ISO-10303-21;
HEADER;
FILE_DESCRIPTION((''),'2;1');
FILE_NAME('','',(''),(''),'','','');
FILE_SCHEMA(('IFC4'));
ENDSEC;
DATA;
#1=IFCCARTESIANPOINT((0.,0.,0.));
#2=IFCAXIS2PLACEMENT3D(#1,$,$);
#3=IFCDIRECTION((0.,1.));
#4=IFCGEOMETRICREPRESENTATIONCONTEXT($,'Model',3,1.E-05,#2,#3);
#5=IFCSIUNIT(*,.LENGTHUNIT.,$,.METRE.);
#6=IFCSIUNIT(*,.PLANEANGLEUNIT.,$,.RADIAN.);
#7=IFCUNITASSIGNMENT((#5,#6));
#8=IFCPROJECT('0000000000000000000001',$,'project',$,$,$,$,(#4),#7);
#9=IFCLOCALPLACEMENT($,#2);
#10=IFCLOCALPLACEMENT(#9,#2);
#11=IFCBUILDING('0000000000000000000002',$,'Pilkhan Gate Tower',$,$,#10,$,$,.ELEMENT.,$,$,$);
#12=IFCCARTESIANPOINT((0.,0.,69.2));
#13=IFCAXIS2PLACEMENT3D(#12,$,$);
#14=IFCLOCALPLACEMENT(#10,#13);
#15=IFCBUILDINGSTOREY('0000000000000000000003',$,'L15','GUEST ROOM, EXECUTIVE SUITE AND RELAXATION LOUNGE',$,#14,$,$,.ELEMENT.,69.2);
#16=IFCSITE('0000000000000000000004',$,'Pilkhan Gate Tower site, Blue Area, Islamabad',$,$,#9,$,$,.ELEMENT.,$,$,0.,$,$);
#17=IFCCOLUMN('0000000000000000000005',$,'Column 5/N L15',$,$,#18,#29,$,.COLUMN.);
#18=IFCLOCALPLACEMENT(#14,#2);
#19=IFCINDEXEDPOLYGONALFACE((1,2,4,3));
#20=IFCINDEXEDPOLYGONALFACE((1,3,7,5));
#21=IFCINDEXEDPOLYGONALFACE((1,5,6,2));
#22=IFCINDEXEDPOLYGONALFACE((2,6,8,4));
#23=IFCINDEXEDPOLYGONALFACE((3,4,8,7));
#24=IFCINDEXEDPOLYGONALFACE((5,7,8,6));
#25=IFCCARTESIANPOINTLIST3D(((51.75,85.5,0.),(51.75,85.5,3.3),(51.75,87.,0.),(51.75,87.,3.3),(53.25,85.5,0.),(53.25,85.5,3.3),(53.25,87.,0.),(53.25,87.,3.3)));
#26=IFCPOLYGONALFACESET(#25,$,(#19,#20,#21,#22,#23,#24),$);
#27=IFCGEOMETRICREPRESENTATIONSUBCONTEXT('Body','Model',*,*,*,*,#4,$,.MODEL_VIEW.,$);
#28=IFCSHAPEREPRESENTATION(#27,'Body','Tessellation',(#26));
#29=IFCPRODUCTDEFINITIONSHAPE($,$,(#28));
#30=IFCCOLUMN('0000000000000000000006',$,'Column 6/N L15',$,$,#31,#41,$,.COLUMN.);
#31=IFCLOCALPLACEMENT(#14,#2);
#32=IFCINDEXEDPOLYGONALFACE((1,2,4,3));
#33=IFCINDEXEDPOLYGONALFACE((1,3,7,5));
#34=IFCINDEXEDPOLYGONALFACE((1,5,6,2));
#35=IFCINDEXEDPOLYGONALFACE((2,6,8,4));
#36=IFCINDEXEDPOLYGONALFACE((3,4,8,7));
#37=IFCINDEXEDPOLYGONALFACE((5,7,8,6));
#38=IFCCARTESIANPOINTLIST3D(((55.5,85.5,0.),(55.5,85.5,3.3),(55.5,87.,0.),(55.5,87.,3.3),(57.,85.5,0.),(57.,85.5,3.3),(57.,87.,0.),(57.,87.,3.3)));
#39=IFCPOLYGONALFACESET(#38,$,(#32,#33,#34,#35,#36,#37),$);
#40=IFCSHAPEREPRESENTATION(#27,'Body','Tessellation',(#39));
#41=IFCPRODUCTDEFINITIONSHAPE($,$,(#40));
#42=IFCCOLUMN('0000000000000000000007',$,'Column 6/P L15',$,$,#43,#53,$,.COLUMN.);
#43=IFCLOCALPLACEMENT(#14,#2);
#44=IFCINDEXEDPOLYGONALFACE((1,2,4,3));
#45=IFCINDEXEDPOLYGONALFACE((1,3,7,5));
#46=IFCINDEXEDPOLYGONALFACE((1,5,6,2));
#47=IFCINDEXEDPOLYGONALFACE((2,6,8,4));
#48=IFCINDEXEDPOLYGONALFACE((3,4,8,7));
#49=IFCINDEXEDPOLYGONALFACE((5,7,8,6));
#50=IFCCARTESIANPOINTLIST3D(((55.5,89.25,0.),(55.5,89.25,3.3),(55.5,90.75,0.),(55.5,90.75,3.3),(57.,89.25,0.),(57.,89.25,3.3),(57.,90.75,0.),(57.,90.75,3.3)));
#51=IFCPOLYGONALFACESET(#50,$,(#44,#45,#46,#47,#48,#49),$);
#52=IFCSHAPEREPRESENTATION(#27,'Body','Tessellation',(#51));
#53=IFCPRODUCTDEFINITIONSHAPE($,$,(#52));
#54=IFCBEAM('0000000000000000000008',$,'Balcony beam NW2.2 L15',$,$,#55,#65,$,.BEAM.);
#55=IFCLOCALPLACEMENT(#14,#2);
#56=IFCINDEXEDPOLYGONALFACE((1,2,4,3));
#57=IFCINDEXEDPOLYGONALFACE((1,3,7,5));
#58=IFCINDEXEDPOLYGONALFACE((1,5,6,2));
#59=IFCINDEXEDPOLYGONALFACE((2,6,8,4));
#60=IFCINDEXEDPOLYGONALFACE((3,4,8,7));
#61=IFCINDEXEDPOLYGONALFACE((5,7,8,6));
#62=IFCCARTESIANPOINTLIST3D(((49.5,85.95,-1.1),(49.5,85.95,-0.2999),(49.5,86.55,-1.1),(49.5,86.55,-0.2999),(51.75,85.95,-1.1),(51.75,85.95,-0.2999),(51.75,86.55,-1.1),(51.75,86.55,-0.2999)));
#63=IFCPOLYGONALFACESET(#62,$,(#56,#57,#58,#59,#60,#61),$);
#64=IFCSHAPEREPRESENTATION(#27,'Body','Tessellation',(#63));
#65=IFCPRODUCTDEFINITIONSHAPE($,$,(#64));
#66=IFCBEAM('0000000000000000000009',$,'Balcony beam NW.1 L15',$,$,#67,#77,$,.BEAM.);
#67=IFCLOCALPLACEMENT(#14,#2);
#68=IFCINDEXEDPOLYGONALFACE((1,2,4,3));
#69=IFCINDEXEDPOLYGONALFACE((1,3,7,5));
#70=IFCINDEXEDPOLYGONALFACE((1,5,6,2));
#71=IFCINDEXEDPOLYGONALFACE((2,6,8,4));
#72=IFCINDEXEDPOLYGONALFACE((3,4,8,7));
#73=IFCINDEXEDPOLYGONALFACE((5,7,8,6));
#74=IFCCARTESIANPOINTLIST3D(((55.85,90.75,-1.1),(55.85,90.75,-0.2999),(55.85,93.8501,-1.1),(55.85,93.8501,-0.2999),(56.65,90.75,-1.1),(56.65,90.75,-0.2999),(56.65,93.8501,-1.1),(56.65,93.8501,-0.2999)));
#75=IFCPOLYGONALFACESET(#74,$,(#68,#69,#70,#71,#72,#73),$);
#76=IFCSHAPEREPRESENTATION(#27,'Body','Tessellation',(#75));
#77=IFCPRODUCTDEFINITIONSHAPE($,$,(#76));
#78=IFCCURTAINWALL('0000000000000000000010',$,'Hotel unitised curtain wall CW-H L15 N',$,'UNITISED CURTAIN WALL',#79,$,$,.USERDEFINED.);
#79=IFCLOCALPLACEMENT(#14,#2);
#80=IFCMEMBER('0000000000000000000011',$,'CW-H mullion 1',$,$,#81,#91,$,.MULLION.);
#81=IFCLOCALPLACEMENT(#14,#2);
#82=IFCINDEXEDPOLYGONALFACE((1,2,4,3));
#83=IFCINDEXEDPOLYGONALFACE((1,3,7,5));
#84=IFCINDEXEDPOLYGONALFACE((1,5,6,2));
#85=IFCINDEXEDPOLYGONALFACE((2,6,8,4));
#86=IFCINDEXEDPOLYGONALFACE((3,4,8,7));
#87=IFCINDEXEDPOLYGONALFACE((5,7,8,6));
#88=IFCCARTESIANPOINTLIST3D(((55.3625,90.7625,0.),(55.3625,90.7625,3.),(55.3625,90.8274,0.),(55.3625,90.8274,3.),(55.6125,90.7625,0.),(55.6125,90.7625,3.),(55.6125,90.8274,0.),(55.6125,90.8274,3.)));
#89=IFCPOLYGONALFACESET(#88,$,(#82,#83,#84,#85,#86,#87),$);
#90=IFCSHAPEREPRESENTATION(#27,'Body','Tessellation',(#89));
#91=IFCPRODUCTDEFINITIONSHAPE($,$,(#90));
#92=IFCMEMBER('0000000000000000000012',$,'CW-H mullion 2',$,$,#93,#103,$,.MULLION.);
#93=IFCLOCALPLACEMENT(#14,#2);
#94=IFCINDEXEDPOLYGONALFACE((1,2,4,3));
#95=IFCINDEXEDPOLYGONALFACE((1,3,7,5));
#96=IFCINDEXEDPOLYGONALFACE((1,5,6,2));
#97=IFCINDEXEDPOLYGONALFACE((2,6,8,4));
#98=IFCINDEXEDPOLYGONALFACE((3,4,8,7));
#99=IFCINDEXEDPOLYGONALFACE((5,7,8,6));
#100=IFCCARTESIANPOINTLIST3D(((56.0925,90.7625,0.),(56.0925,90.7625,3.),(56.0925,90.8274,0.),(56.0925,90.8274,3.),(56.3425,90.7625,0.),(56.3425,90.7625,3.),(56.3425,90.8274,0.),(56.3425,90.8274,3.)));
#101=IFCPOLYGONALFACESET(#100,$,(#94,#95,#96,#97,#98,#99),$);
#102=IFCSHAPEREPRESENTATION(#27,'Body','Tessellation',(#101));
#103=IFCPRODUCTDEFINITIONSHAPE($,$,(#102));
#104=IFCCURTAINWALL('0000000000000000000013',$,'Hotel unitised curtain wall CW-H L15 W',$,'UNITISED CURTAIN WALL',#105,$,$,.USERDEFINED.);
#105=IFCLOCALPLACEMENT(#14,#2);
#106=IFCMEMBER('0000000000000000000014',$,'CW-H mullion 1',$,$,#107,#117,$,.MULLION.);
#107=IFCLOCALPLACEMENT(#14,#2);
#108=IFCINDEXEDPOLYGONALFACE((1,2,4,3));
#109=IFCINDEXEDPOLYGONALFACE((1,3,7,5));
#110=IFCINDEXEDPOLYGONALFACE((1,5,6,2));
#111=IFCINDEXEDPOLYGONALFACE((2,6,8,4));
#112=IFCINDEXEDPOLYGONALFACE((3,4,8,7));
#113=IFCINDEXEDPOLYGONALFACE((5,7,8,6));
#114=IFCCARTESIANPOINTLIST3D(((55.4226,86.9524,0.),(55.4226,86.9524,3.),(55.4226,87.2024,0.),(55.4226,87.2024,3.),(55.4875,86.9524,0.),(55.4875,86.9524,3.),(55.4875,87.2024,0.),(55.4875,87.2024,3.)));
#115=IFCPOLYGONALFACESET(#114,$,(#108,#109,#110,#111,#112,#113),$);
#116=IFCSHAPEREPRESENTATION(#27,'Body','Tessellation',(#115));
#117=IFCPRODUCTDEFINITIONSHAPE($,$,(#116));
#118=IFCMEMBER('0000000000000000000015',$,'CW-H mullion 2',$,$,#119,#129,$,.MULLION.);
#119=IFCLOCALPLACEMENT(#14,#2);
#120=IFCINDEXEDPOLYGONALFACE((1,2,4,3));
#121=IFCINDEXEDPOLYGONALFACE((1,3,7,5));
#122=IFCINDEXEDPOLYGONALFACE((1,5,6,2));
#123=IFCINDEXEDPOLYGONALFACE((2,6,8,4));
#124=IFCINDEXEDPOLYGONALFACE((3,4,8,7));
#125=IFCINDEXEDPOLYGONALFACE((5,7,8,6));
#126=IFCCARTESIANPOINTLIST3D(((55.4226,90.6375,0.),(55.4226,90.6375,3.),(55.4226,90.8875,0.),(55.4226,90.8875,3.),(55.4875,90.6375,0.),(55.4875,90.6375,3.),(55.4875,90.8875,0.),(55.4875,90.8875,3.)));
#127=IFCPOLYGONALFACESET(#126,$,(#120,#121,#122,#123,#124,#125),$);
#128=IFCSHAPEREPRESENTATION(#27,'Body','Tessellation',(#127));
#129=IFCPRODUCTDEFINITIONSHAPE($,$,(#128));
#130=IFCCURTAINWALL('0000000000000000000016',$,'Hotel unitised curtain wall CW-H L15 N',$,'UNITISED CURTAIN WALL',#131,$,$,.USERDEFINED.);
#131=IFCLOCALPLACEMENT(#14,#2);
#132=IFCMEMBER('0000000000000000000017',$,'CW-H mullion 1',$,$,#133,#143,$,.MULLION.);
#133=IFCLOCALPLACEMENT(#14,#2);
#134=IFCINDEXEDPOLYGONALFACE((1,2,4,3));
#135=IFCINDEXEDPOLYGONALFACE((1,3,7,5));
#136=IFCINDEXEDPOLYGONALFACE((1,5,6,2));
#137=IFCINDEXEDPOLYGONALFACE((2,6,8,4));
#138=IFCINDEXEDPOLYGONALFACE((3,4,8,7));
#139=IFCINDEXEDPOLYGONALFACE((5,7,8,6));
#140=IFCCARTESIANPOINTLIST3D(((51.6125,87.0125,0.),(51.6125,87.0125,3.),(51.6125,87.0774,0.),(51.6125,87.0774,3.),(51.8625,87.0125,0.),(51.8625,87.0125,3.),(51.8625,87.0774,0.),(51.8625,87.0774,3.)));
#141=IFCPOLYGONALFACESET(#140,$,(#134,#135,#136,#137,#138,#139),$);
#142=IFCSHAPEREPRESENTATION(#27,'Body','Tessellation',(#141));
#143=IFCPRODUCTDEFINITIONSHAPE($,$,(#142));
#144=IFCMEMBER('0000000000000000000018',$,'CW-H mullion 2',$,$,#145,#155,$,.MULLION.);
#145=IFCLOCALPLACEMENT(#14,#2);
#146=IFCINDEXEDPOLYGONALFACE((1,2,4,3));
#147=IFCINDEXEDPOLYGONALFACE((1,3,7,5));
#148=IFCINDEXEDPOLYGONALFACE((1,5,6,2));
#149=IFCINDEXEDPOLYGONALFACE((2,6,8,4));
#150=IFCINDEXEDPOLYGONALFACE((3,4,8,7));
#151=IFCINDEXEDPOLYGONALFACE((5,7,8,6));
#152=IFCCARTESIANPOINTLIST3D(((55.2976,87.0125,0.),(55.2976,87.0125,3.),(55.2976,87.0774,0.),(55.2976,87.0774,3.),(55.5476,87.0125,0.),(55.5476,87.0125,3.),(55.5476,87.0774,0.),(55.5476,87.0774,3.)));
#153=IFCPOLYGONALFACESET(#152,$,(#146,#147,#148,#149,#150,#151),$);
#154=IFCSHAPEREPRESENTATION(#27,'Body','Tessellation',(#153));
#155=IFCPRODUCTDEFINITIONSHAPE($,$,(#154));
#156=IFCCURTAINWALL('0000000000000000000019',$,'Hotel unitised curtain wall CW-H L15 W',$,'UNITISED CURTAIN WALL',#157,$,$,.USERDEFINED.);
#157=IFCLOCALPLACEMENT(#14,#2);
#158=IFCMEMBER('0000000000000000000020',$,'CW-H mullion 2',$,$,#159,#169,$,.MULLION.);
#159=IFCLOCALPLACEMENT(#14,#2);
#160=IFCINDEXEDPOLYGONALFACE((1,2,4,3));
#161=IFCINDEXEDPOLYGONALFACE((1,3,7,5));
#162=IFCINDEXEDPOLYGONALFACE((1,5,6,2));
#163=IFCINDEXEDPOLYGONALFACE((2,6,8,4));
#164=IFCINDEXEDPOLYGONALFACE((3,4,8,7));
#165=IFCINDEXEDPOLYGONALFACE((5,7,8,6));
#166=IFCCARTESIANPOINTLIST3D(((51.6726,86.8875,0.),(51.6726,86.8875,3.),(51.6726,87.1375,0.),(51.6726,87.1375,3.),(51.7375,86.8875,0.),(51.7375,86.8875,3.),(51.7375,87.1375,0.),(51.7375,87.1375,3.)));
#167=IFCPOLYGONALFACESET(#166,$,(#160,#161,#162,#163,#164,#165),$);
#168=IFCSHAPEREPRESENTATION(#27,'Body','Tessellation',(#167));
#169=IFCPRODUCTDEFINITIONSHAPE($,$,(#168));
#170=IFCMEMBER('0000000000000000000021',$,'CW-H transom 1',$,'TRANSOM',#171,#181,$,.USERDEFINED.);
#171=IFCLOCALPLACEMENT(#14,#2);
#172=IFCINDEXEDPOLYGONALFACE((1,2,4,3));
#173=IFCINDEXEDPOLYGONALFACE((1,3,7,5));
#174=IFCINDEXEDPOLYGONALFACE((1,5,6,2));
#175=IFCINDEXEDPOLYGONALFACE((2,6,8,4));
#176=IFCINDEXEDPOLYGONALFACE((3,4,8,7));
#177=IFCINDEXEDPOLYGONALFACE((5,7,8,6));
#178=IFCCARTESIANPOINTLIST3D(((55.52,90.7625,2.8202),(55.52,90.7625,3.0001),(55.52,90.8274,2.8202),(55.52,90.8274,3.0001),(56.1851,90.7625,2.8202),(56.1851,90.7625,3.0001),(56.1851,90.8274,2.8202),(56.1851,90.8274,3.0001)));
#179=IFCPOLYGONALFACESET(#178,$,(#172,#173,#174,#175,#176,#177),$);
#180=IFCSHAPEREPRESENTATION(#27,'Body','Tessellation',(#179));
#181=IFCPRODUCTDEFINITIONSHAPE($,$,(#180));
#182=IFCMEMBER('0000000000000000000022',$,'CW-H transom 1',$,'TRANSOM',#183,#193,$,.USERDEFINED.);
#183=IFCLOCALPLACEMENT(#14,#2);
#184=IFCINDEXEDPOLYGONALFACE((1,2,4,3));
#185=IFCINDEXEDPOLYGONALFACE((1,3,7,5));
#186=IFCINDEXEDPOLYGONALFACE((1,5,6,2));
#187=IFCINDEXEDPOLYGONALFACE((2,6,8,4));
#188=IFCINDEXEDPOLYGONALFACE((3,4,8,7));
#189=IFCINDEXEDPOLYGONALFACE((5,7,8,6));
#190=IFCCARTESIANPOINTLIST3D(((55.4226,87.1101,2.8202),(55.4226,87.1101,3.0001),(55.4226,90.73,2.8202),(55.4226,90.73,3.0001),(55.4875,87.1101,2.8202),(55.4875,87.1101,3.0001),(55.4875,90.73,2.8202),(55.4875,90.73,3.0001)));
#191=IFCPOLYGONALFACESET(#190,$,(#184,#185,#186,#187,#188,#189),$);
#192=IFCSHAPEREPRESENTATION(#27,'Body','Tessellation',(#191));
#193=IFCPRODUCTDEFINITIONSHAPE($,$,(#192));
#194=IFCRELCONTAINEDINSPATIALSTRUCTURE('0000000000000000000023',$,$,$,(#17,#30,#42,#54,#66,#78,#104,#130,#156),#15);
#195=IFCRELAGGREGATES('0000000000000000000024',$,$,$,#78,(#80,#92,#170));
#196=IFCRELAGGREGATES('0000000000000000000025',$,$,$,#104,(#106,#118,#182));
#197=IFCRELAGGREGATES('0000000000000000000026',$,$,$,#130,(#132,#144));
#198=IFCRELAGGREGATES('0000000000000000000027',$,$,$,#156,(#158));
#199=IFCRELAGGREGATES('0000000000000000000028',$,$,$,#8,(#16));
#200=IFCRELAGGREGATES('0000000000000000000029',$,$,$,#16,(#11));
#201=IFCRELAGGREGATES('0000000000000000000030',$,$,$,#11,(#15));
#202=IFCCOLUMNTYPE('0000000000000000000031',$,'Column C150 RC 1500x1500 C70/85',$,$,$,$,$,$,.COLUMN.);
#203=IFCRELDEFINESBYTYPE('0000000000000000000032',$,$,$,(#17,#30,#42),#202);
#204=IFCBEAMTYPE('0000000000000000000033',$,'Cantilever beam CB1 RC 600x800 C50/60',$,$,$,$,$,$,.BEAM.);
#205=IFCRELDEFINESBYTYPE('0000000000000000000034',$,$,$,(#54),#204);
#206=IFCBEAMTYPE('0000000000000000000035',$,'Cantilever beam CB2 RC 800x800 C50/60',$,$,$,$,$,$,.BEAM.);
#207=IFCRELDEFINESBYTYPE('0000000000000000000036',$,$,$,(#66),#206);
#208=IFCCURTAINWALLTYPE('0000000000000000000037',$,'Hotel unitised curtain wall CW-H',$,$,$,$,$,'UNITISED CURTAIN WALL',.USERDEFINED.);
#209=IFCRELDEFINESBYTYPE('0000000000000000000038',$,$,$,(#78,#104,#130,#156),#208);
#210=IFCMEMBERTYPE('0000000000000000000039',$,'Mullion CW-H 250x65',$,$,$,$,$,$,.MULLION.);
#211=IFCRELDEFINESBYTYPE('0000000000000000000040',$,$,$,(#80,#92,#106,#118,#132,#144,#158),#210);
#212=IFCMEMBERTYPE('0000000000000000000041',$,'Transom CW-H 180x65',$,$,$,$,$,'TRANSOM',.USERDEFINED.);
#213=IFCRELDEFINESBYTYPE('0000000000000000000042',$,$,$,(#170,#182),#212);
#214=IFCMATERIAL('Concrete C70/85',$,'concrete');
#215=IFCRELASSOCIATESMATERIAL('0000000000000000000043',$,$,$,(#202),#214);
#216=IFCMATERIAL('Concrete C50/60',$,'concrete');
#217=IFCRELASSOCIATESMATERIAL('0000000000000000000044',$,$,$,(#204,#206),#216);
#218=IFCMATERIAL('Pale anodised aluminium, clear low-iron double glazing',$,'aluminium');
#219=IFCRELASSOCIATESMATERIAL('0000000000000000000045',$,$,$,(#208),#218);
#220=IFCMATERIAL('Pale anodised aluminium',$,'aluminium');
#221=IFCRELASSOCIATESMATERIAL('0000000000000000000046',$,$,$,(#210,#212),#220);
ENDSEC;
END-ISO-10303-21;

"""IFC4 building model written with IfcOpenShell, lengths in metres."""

from ifc_helpers import new_model, si_unit, direction, frame, origin, origin_2d, place, context, subcontext, project, spatial, rectangle, extrude, material, material_profile, profile_set, type_object, element, aggregate, save


model = new_model("IFC4")

# Units and contexts
model_context = context("Model", 3, precision=1e-05, world=origin(), true_north=direction((0.0, 1.0)))
body_context = subcontext(model_context, "Body", "Model", "MODEL_VIEW")
ifc_project = project(units=[si_unit("LENGTHUNIT", "METRE"), si_unit("PLANEANGLEUNIT", "RADIAN")], contexts=[model_context])

# Site, building, storey
site_placement = place(None, origin())
site = spatial("IfcSite", under=ifc_project, at=site_placement, Name="Pilkhan Gate Tower site, Blue Area, Islamabad", CompositionType="ELEMENT", RefElevation=0.0)
building_placement = place(site_placement, origin())
building = spatial("IfcBuilding", under=site, at=building_placement, Name="Pilkhan Gate Tower", CompositionType="ELEMENT")
storey_placement = place(building_placement, frame((0.0, 0.0, 69.2)))
storey = spatial("IfcBuildingStorey", under=building, at=storey_placement, Name="L15", Description="GUEST ROOM, EXECUTIVE SUITE AND RELAXATION LOUNGE", CompositionType="ELEMENT", Elevation=69.2)

# Columns
ifc_material_1 = material(Name="Concrete C70/85", Category="concrete")
ifc_material_profile_1 = material_profile(ifc_material_1, rectangle(XDim=1.5, YDim=1.5, at=origin_2d()), Name="RC 1500x1500")
ifc_profile_set_1 = profile_set([ifc_material_profile_1], Name="Concrete C70/85")
column_type = type_object("IfcColumnType", Name="Column C150 RC 1500x1500 C70/85", PredefinedType="COLUMN", material=ifc_profile_set_1)
for number, where, z_axis, x_axis, name in (
    (1, (52.5, 86.25, 0.0), (0.0, 0.0, 1.0), (1.0, 0.0, 0.0), "Column 5/N L15"),
    (2, (56.25, 86.25, 0.0), (0.0, 0.0, 1.0), (1.0, 0.0, 0.0), "Column 6/N L15"),
    (3, (56.25, 90.0, 0.0), (0.0, 0.0, 1.0), (1.0, 0.0, 0.0), "Column 6/P L15"),
):
    element("IfcColumn", number, at=place(storey_placement, frame(where, z_axis=z_axis, x_axis=x_axis)), inside=storey, type_object=column_type, Name=name, PredefinedType="COLUMN", context=body_context, shape_type="SweptSolid", body=[
        extrude(rectangle(XDim=1.5, YDim=1.5, at=origin_2d()), origin(), (0.0, 0.0, 1.0), 3.3),
    ])

# Beams
ifc_material_2 = material(Name="Concrete C50/60", Category="concrete")
ifc_material_profile_2 = material_profile(ifc_material_2, rectangle(XDim=0.6001, YDim=0.8, at=origin_2d()), Name="RC 600x800")
ifc_profile_set_2 = profile_set([ifc_material_profile_2], Name="Concrete C50/60")
beam_type_1 = type_object("IfcBeamType", Name="Cantilever beam CB1 RC 600x800 C50/60", PredefinedType="BEAM", material=ifc_profile_set_2)
beam_1_placement = place(storey_placement, frame((51.75, 86.25, -0.7), z_axis=(-1.0, 0.0, 0.0), x_axis=(0.0, -1.0, 0.0)))
element("IfcBeam", 4, at=beam_1_placement, inside=storey, type_object=beam_type_1, Name="Balcony beam NW2.2 L15", PredefinedType="BEAM", context=body_context, shape_type="SweptSolid", body=[
    extrude(rectangle(XDim=0.6001, YDim=0.8, at=origin_2d()), origin(), (0.0, 0.0, 1.0), 2.25),
])
ifc_material_profile_3 = material_profile(ifc_material_2, rectangle(XDim=0.8, YDim=0.8, at=origin_2d()), Name="RC 800x800")
ifc_profile_set_3 = profile_set([ifc_material_profile_3], Name="Concrete C50/60")
beam_type_2 = type_object("IfcBeamType", Name="Cantilever beam CB2 RC 800x800 C50/60", PredefinedType="BEAM", material=ifc_profile_set_3)
beam_2_placement = place(storey_placement, frame((56.25, 90.75, -0.7), z_axis=(0.0, 1.0, 0.0), x_axis=(-1.0, 0.0, 0.0)))
element("IfcBeam", 5, at=beam_2_placement, inside=storey, type_object=beam_type_2, Name="Balcony beam NW.1 L15", PredefinedType="BEAM", context=body_context, shape_type="SweptSolid", body=[
    extrude(rectangle(XDim=0.8, YDim=0.8, at=origin_2d()), origin(), (0.0, 0.0, 1.0), 3.1001),
])

# Curtain walls, members
ifc_material_3 = material(Name="Pale anodised aluminium, clear low-iron double glazing", Category="aluminium")
curtain_wall_type = type_object("IfcCurtainWallType", Name="Hotel unitised curtain wall CW-H", ElementType="UNITISED CURTAIN WALL", PredefinedType="USERDEFINED", material=ifc_material_3)
curtain_wall_1_placement = place(storey_placement, origin())
curtain_wall_1 = element("IfcCurtainWall", 6, at=curtain_wall_1_placement, inside=storey, type_object=curtain_wall_type, Name="Hotel unitised curtain wall CW-H L15 N", ObjectType="UNITISED CURTAIN WALL", PredefinedType="USERDEFINED")
ifc_material_4 = material(Name="Pale anodised aluminium", Category="aluminium")
ifc_material_profile_4 = material_profile(ifc_material_4, rectangle(XDim=0.0649, YDim=0.25, at=origin_2d()), Name="Mullion 250x65")
ifc_profile_set_4 = profile_set([ifc_material_profile_4], Name="Pale anodised aluminium")
member_type_1 = type_object("IfcMemberType", Name="Mullion CW-H 250x65", PredefinedType="MULLION", material=ifc_profile_set_4)
member_1_placement = place(storey_placement, frame((55.4875, 90.7949, 0.0), z_axis=(0.0, 0.0, 1.0), x_axis=(0.0, 1.0, 0.0)))
member_1 = element("IfcMember", 7, at=member_1_placement, type_object=member_type_1, Name="CW-H mullion 1", PredefinedType="MULLION", context=body_context, shape_type="SweptSolid", body=[
    extrude(rectangle(XDim=0.0649, YDim=0.25, at=origin_2d()), origin(), (0.0, 0.0, 1.0), 3.0),
])
member_2_placement = place(storey_placement, frame((56.2175, 90.7949, 0.0), z_axis=(0.0, 0.0, 1.0), x_axis=(0.0, 1.0, 0.0)))
member_2 = element("IfcMember", 8, at=member_2_placement, type_object=member_type_1, Name="CW-H mullion 2", PredefinedType="MULLION", context=body_context, shape_type="SweptSolid", body=[
    extrude(rectangle(XDim=0.0649, YDim=0.25, at=origin_2d()), origin(), (0.0, 0.0, 1.0), 3.0),
])
curtain_wall_2_placement = place(storey_placement, origin())
curtain_wall_2 = element("IfcCurtainWall", 9, at=curtain_wall_2_placement, inside=storey, type_object=curtain_wall_type, Name="Hotel unitised curtain wall CW-H L15 W", ObjectType="UNITISED CURTAIN WALL", PredefinedType="USERDEFINED")
member_3_placement = place(storey_placement, frame((55.4551, 87.0774, 0.0), z_axis=(0.0, 0.0, 1.0), x_axis=(-1.0, 0.0, 0.0)))
member_3 = element("IfcMember", 10, at=member_3_placement, type_object=member_type_1, Name="CW-H mullion 1", PredefinedType="MULLION", context=body_context, shape_type="SweptSolid", body=[
    extrude(rectangle(XDim=0.0649, YDim=0.25, at=origin_2d()), origin(), (0.0, 0.0, 1.0), 3.0),
])
member_4_placement = place(storey_placement, frame((55.4551, 90.7625, 0.0), z_axis=(0.0, 0.0, 1.0), x_axis=(-1.0, 0.0, 0.0)))
member_4 = element("IfcMember", 11, at=member_4_placement, type_object=member_type_1, Name="CW-H mullion 2", PredefinedType="MULLION", context=body_context, shape_type="SweptSolid", body=[
    extrude(rectangle(XDim=0.0649, YDim=0.25, at=origin_2d()), origin(), (0.0, 0.0, 1.0), 3.0),
])
curtain_wall_3_placement = place(storey_placement, origin())
curtain_wall_3 = element("IfcCurtainWall", 12, at=curtain_wall_3_placement, inside=storey, type_object=curtain_wall_type, Name="Hotel unitised curtain wall CW-H L15 N", ObjectType="UNITISED CURTAIN WALL", PredefinedType="USERDEFINED")
member_5_placement = place(storey_placement, frame((51.7375, 87.0449, 0.0), z_axis=(0.0, 0.0, 1.0), x_axis=(0.0, 1.0, 0.0)))
member_5 = element("IfcMember", 13, at=member_5_placement, type_object=member_type_1, Name="CW-H mullion 1", PredefinedType="MULLION", context=body_context, shape_type="SweptSolid", body=[
    extrude(rectangle(XDim=0.0649, YDim=0.25, at=origin_2d()), origin(), (0.0, 0.0, 1.0), 3.0),
])
member_6_placement = place(storey_placement, frame((55.4226, 87.0449, 0.0), z_axis=(0.0, 0.0, 1.0), x_axis=(0.0, 1.0, 0.0)))
member_6 = element("IfcMember", 14, at=member_6_placement, type_object=member_type_1, Name="CW-H mullion 2", PredefinedType="MULLION", context=body_context, shape_type="SweptSolid", body=[
    extrude(rectangle(XDim=0.0649, YDim=0.25, at=origin_2d()), origin(), (0.0, 0.0, 1.0), 3.0),
])

# Curtain wall, member
curtain_wall_4_placement = place(storey_placement, origin())
curtain_wall_4 = element("IfcCurtainWall", 15, at=curtain_wall_4_placement, inside=storey, type_object=curtain_wall_type, Name="Hotel unitised curtain wall CW-H L15 W", ObjectType="UNITISED CURTAIN WALL", PredefinedType="USERDEFINED")
member_7_placement = place(storey_placement, frame((51.7051, 87.0125, 0.0), z_axis=(0.0, 0.0, 1.0), x_axis=(-1.0, 0.0, 0.0)))
member_7 = element("IfcMember", 16, at=member_7_placement, type_object=member_type_1, Name="CW-H mullion 2", PredefinedType="MULLION", context=body_context, shape_type="SweptSolid", body=[
    extrude(rectangle(XDim=0.0649, YDim=0.25, at=origin_2d()), origin(), (0.0, 0.0, 1.0), 3.0),
])

# Members
ifc_material_profile_5 = material_profile(ifc_material_4, rectangle(XDim=0.0649, YDim=0.1799, at=origin_2d()), Name="Transom 180x65")
ifc_profile_set_5 = profile_set([ifc_material_profile_5], Name="Pale anodised aluminium")
member_type_2 = type_object("IfcMemberType", Name="Transom CW-H 180x65", ElementType="TRANSOM", PredefinedType="USERDEFINED", material=ifc_profile_set_5)
member_8_placement = place(storey_placement, frame((55.52, 90.7949, 2.9102), z_axis=(1.0, 0.0, 0.0), x_axis=(0.0, 1.0, 0.0)))
member_8 = element("IfcMember", 17, at=member_8_placement, type_object=member_type_2, Name="CW-H transom 1", ObjectType="TRANSOM", PredefinedType="USERDEFINED", context=body_context, shape_type="SweptSolid", body=[
    extrude(rectangle(XDim=0.0649, YDim=0.1799, at=origin_2d()), origin(), (0.0, 0.0, 1.0), 0.665),
])
member_9_placement = place(storey_placement, frame((55.4551, 87.1101, 2.9102), z_axis=(0.0, 1.0, 0.0), x_axis=(-1.0, 0.0, 0.0)))
member_9 = element("IfcMember", 18, at=member_9_placement, type_object=member_type_2, Name="CW-H transom 1", ObjectType="TRANSOM", PredefinedType="USERDEFINED", context=body_context, shape_type="SweptSolid", body=[
    extrude(rectangle(XDim=0.0649, YDim=0.1799, at=origin_2d()), origin(), (0.0, 0.0, 1.0), 3.6199),
])

aggregate(curtain_wall_1, [member_1, member_2, member_8])
aggregate(curtain_wall_2, [member_3, member_4, member_9])
aggregate(curtain_wall_3, [member_5, member_6])
aggregate(curtain_wall_4, [member_7])

save(model, "model.ifc")
